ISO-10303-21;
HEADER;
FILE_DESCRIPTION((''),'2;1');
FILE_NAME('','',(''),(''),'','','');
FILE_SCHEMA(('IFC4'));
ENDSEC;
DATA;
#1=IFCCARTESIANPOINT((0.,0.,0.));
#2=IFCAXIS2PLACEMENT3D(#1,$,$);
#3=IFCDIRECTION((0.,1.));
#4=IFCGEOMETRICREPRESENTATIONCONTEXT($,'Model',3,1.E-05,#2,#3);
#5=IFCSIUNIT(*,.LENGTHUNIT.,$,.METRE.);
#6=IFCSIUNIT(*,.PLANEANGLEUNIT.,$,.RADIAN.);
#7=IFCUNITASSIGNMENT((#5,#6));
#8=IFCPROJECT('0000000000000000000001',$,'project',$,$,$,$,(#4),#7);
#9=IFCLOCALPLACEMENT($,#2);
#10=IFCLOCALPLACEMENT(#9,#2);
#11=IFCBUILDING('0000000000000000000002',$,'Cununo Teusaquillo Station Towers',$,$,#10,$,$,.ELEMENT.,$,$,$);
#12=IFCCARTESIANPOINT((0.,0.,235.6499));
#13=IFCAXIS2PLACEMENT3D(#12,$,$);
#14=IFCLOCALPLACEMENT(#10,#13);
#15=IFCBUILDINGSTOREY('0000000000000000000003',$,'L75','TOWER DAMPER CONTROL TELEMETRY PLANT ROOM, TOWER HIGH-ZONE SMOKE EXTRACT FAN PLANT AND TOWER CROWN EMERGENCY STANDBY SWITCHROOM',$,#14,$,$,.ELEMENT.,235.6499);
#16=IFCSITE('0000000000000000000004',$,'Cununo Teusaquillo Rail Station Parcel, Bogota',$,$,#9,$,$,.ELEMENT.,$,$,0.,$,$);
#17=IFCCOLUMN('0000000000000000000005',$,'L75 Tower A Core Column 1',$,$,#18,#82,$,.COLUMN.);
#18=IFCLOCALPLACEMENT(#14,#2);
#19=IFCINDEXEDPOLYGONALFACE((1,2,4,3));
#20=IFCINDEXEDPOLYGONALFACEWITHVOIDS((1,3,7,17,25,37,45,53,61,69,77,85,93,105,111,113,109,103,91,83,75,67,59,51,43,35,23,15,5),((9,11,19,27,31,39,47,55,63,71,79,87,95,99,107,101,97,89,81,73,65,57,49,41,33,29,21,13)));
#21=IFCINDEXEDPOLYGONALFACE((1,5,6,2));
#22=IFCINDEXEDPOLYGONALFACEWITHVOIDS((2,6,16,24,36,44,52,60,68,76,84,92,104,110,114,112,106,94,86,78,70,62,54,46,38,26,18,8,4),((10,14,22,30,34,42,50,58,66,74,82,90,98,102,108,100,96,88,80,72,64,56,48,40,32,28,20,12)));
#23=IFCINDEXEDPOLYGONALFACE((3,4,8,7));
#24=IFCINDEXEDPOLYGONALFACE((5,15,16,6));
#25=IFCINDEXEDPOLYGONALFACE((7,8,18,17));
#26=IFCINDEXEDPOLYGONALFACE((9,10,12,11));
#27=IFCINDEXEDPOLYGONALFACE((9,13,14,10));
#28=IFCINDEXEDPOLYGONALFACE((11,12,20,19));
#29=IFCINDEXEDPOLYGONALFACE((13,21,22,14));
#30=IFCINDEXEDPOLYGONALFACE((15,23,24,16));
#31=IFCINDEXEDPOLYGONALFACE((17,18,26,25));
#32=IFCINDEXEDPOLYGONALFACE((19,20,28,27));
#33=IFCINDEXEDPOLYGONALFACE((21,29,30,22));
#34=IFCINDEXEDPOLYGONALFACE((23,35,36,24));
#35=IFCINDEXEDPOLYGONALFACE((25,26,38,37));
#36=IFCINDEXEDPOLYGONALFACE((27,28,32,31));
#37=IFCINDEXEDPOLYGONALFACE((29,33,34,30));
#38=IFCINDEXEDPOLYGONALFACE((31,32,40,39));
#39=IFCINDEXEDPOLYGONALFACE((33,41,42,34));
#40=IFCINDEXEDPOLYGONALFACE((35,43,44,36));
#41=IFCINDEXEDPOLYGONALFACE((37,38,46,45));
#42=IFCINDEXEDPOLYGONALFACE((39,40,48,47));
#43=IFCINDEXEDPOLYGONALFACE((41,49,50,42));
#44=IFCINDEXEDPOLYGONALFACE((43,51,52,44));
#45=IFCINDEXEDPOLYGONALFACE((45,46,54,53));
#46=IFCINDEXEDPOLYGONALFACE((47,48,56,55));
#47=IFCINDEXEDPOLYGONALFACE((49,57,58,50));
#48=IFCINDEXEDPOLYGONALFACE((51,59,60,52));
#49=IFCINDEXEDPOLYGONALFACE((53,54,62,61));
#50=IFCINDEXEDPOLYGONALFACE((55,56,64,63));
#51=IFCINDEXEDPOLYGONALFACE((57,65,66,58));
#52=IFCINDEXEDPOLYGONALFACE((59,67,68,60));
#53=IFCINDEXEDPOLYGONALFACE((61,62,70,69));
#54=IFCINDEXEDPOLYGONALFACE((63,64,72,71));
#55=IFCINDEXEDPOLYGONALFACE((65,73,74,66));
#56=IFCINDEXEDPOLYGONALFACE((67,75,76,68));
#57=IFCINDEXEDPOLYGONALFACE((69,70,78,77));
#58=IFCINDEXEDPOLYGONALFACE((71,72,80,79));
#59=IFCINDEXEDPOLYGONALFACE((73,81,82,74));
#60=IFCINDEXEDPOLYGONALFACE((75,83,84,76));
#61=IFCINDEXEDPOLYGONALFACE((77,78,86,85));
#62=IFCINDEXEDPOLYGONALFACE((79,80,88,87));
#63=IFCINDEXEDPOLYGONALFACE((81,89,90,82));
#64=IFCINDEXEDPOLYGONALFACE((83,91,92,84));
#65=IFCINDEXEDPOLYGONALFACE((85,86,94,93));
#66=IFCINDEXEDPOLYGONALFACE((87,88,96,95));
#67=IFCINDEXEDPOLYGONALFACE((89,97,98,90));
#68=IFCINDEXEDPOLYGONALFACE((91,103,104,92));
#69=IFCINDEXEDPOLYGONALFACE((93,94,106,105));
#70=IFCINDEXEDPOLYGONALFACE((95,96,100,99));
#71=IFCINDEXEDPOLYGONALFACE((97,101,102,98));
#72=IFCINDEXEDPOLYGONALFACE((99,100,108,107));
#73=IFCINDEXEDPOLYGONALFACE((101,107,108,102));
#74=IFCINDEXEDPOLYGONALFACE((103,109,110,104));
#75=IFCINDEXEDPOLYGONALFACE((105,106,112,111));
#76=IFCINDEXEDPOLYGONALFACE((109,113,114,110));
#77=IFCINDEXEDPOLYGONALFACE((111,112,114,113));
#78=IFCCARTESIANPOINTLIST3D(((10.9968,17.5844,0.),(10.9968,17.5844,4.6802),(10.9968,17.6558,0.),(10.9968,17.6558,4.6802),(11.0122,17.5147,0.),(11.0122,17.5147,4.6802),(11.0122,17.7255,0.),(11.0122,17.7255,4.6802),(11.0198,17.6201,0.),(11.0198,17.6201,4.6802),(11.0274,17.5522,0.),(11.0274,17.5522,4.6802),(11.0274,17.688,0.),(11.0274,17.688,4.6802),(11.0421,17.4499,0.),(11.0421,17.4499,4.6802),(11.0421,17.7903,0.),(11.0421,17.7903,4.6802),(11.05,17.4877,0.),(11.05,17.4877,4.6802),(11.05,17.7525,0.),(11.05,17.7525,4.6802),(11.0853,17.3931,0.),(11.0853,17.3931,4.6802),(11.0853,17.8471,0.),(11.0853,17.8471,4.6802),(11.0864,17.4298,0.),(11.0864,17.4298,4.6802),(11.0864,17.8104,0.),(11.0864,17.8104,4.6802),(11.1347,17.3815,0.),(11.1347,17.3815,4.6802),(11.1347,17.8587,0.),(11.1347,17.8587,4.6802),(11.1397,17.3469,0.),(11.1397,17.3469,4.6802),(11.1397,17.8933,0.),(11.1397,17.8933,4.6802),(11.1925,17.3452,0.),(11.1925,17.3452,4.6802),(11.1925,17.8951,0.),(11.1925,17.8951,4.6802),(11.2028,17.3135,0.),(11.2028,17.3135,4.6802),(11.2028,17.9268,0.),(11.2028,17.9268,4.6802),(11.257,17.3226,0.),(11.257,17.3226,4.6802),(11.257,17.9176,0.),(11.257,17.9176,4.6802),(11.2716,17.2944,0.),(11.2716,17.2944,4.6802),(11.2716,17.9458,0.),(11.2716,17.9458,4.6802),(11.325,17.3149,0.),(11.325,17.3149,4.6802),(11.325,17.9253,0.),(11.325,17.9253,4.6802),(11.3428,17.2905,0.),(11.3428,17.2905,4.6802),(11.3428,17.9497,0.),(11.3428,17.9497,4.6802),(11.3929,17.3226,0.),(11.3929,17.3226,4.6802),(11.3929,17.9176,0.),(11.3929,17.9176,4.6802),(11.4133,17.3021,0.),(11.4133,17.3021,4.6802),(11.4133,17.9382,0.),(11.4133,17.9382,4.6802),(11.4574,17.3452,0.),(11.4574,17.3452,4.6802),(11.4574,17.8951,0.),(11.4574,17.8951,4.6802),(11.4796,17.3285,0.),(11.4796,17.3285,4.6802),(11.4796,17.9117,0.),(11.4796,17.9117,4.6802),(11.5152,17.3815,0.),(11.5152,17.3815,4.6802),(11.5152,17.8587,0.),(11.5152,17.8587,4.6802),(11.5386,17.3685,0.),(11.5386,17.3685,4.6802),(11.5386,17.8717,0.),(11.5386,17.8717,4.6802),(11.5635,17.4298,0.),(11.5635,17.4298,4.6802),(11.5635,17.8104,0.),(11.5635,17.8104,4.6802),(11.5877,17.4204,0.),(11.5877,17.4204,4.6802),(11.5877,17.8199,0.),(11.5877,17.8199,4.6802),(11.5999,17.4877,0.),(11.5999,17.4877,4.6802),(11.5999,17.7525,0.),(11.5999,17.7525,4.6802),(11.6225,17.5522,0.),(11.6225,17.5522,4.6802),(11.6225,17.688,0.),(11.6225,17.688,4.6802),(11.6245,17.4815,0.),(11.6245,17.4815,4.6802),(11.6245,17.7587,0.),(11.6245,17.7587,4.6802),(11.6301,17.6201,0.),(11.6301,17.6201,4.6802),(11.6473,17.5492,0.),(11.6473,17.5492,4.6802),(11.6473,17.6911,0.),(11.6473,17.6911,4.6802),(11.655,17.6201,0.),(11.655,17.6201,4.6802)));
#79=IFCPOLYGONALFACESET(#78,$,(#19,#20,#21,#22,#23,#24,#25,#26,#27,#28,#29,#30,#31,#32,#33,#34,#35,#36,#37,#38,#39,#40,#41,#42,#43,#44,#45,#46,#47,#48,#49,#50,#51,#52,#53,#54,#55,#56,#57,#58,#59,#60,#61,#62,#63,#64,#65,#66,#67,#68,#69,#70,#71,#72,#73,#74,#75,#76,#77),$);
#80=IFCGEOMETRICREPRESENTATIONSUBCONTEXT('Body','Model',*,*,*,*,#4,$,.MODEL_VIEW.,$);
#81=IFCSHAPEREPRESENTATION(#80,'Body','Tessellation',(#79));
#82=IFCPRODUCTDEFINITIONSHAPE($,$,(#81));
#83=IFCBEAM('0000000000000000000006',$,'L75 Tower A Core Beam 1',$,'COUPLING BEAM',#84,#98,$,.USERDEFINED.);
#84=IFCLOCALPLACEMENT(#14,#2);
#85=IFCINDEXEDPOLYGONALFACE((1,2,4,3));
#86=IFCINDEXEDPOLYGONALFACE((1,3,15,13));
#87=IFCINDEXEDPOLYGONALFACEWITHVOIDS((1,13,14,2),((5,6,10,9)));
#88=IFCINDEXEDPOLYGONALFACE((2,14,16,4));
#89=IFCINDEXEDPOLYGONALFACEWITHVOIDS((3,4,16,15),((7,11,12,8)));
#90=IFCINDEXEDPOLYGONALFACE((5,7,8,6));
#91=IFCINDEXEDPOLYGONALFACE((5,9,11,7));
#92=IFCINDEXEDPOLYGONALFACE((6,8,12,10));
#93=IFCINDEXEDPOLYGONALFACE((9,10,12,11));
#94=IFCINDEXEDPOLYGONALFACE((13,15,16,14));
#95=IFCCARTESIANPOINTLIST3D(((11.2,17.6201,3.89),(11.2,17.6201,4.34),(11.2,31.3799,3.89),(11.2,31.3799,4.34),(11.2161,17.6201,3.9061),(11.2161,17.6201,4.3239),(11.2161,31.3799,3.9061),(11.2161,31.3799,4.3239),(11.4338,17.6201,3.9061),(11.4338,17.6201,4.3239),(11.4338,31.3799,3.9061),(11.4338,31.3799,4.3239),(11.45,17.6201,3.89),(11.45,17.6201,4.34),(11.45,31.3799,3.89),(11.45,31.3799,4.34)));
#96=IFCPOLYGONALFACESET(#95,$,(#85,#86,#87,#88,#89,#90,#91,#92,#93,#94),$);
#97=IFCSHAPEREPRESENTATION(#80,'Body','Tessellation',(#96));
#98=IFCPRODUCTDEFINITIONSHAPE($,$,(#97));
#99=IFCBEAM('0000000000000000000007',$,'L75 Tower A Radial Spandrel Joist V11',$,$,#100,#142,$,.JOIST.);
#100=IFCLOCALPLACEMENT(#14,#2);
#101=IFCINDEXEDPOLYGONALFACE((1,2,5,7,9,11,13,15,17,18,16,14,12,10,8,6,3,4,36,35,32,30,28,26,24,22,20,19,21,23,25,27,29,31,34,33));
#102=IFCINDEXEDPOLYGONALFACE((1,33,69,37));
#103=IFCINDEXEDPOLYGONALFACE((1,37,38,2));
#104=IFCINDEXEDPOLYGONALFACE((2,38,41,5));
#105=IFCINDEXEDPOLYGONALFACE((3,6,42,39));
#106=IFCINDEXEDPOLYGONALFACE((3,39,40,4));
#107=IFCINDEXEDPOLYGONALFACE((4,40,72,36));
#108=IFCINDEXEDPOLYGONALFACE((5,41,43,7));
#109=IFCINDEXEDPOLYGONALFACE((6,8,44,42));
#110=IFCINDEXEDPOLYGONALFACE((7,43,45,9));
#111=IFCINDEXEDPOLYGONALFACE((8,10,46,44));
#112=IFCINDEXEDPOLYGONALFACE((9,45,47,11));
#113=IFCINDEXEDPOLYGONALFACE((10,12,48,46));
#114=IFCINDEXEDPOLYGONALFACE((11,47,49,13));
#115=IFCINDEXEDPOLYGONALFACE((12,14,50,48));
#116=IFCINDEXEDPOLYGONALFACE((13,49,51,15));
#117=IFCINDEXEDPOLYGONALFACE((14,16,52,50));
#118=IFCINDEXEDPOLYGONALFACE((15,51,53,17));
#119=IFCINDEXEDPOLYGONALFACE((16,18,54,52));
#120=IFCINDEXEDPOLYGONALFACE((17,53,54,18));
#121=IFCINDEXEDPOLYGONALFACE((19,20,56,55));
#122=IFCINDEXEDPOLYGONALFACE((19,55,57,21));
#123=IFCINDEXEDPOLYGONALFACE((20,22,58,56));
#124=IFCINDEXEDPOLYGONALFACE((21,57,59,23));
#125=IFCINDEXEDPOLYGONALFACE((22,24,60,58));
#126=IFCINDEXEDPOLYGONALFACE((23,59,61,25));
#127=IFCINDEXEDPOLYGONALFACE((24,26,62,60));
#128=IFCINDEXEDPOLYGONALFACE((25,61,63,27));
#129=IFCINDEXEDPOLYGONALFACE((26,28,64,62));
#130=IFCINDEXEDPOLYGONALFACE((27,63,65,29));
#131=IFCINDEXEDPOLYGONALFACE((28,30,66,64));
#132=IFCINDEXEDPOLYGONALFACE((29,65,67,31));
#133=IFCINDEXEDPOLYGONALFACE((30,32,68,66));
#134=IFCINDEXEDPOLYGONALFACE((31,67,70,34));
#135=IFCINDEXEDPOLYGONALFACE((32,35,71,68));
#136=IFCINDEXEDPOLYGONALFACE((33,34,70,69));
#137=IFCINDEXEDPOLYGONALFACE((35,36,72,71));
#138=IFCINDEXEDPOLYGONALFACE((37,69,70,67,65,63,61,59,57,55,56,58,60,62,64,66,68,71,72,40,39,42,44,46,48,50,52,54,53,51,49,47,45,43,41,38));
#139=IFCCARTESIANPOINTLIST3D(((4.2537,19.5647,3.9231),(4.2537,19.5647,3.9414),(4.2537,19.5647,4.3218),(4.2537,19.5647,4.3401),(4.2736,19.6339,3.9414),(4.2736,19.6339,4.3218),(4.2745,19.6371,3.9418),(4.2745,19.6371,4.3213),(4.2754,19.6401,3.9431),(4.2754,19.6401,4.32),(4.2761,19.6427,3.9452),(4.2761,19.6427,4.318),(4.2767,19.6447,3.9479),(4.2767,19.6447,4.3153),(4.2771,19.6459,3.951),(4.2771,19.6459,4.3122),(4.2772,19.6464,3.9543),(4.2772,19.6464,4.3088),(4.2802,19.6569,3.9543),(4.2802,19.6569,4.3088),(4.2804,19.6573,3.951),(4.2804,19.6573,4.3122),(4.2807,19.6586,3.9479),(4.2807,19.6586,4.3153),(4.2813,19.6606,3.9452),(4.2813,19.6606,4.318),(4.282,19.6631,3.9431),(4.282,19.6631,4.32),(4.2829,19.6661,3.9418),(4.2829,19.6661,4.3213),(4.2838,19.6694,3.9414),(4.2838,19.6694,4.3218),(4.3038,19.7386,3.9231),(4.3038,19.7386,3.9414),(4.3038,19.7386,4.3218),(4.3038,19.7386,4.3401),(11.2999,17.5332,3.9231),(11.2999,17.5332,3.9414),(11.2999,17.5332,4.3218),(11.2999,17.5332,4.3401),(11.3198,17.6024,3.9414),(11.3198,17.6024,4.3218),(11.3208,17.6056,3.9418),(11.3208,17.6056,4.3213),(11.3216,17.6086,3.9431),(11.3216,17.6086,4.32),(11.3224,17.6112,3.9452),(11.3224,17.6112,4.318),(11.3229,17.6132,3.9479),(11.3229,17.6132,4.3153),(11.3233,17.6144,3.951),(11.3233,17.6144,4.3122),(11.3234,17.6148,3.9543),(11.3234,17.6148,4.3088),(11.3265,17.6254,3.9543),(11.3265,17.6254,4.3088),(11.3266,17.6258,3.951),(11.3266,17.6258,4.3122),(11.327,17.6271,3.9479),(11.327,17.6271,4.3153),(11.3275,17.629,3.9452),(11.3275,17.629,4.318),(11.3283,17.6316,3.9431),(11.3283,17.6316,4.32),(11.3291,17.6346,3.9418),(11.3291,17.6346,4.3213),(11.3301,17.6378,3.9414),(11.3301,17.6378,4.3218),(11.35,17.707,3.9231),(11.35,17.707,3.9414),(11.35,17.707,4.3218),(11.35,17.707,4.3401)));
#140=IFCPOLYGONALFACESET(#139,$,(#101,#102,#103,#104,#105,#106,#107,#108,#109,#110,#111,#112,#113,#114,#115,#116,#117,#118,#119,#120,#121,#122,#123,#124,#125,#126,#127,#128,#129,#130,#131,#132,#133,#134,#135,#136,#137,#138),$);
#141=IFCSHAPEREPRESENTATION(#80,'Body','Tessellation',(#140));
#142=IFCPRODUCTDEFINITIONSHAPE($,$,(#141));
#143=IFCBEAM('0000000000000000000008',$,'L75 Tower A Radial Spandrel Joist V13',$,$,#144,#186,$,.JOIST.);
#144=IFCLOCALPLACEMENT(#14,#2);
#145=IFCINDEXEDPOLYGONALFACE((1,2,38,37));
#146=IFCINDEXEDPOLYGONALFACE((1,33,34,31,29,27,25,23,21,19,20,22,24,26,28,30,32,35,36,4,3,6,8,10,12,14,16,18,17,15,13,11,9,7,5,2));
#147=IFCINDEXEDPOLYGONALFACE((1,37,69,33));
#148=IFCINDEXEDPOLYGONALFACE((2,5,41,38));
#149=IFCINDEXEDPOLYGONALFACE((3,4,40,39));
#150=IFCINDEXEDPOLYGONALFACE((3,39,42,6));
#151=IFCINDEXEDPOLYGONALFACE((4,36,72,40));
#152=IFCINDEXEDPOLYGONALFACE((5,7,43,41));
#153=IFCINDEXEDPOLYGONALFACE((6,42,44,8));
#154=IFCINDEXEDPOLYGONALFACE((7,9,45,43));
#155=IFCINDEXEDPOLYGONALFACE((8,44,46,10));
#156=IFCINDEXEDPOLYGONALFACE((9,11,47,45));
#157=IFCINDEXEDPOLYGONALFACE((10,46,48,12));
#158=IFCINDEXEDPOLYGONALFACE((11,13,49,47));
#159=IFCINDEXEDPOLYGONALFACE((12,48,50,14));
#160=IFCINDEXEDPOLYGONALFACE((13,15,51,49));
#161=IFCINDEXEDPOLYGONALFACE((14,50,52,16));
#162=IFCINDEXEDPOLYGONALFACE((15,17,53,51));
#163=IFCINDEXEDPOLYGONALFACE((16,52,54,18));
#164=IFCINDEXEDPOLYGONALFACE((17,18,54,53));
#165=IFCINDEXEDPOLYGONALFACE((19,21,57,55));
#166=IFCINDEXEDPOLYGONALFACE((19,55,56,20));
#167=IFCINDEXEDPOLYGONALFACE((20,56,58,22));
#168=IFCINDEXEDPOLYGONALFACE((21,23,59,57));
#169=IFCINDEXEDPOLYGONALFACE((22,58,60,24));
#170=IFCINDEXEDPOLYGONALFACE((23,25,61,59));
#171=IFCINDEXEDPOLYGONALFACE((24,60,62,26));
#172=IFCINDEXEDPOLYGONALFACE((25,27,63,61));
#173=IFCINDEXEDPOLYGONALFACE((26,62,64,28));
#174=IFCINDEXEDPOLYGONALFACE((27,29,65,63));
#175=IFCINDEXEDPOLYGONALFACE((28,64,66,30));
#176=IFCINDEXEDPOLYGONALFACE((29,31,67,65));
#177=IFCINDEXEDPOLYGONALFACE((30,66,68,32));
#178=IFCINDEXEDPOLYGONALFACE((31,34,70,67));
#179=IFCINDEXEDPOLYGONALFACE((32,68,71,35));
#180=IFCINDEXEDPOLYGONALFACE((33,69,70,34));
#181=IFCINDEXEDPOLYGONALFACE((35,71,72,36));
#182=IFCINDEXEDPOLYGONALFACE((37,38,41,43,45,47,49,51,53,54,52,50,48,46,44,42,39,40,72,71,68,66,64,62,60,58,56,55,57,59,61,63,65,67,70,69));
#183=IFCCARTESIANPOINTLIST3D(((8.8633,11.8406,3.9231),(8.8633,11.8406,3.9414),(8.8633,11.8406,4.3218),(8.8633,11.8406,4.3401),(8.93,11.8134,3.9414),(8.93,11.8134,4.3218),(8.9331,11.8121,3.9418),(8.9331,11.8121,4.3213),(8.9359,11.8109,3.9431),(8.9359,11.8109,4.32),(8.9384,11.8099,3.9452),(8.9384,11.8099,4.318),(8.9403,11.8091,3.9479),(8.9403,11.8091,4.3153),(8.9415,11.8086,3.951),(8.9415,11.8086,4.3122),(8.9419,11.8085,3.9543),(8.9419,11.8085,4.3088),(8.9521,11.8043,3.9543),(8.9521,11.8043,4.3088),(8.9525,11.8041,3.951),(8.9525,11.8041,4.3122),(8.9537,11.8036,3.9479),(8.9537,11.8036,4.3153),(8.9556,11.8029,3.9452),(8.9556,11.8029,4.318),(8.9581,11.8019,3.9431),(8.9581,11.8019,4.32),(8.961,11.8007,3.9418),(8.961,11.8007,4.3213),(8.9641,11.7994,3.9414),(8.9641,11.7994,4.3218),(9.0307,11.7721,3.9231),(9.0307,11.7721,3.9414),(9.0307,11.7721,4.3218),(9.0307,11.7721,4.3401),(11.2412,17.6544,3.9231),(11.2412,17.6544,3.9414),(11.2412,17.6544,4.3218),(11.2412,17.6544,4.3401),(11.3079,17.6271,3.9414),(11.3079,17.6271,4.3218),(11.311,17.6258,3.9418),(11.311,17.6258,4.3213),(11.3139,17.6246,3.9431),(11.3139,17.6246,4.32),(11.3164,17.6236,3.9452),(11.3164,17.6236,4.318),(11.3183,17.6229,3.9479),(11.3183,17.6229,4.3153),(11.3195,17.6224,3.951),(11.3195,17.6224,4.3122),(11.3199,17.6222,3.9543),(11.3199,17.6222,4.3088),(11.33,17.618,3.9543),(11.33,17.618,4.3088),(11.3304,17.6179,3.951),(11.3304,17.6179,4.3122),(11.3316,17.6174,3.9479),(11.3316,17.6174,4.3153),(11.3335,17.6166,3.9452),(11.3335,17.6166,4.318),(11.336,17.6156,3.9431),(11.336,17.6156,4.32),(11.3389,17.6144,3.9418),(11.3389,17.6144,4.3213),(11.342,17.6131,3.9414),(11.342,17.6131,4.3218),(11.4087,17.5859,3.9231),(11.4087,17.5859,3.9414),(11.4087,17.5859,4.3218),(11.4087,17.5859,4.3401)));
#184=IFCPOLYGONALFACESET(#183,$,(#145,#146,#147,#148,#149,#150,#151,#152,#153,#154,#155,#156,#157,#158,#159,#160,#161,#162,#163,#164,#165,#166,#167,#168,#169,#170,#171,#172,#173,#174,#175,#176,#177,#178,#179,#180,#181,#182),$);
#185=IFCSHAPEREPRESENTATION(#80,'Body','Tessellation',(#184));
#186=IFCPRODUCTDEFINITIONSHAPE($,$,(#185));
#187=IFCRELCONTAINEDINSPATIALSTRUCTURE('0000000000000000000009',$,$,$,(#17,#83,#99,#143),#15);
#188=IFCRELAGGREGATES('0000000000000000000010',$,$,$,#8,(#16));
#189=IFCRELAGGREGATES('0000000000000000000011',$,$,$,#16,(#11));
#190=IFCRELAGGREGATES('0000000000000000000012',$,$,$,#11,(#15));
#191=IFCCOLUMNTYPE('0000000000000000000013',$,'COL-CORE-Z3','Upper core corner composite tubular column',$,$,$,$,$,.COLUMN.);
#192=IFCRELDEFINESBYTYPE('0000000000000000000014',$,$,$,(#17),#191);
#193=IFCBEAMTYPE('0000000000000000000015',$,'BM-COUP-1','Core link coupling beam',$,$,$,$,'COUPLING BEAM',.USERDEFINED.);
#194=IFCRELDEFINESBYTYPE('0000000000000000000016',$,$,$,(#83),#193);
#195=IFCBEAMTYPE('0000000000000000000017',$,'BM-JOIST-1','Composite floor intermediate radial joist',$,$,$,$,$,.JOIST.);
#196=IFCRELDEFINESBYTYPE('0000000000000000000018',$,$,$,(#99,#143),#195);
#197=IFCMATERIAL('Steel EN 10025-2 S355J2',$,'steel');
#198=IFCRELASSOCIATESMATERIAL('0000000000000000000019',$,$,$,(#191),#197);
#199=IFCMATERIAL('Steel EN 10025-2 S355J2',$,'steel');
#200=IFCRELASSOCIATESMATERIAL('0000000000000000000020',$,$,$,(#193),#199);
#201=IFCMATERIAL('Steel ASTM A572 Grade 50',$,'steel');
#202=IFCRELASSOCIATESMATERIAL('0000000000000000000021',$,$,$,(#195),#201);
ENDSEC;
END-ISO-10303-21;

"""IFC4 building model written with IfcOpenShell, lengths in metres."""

from ifc_helpers import new_model, si_unit, direction, frame, origin, origin_2d, place, context, subcontext, project, spatial, hollow_rectangle, hollow_circle, i_section, extrude, material, material_profile, profile_set, type_object, element, save


model = new_model("IFC4")

# Units and contexts
model_context = context("Model", 3, precision=1e-05, world=origin(), true_north=direction((0.0, 1.0)))
body_context = subcontext(model_context, "Body", "Model", "MODEL_VIEW")
ifc_project = project(units=[si_unit("LENGTHUNIT", "METRE"), si_unit("PLANEANGLEUNIT", "RADIAN")], contexts=[model_context])

# Site, building, storey
site_placement = place(None, origin())
site = spatial("IfcSite", under=ifc_project, at=site_placement, Name="Cununo Teusaquillo Rail Station Parcel, Bogota", CompositionType="ELEMENT", RefElevation=0.0)
building_placement = place(site_placement, origin())
building = spatial("IfcBuilding", under=site, at=building_placement, Name="Cununo Teusaquillo Station Towers", CompositionType="ELEMENT")
storey_placement = place(building_placement, frame((0.0, 0.0, 235.6499)))
storey = spatial("IfcBuildingStorey", under=building, at=storey_placement, Name="L75", Description="TOWER DAMPER CONTROL TELEMETRY PLANT ROOM, TOWER HIGH-ZONE SMOKE EXTRACT FAN PLANT AND TOWER CROWN EMERGENCY STANDBY SWITCHROOM", CompositionType="ELEMENT", Elevation=235.6499)

# Column
ifc_material_1 = material(Name="Steel EN 10025-2 S355J2", Category="steel")
ifc_material_profile_1 = material_profile(ifc_material_1, hollow_circle(Radius=0.3301, WallThickness=0.0249, at=origin_2d()), Name="CHS 660x25")
ifc_profile_set_1 = profile_set([ifc_material_profile_1], Name="Steel EN 10025-2 S355J2")
column_type = type_object("IfcColumnType", Name="COL-CORE-Z3", Description="Upper core corner composite tubular column", PredefinedType="COLUMN", material=ifc_profile_set_1)
column_placement = place(storey_placement, frame((11.325, 17.6201, 0.0), z_axis=(0.0, 0.0, 1.0), x_axis=(1.0, 0.0, 0.0)))
element("IfcColumn", 1, at=column_placement, inside=storey, type_object=column_type, Name="L75 Tower A Core Column 1", PredefinedType="COLUMN", context=body_context, shape_type="SweptSolid", body=[
    extrude(hollow_circle(Radius=0.3301, WallThickness=0.0249, at=origin_2d()), origin(), (0.0, 0.0, 1.0), 4.6802),
])

# Beams
ifc_material_2 = material(Name="Steel EN 10025-2 S355J2", Category="steel")
ifc_material_profile_2 = material_profile(ifc_material_2, hollow_rectangle(XDim=0.25, YDim=0.45, WallThickness=0.0161, at=origin_2d()), Name="RHS 450x250x16")
ifc_profile_set_2 = profile_set([ifc_material_profile_2], Name="Steel EN 10025-2 S355J2")
beam_type_1 = type_object("IfcBeamType", Name="BM-COUP-1", Description="Core link coupling beam", ElementType="COUPLING BEAM", PredefinedType="USERDEFINED", material=ifc_profile_set_2)
beam_1_placement = place(storey_placement, frame((11.325, 17.6201, 4.115), z_axis=(0.0, 1.0, 0.0), x_axis=(-1.0, 0.0, 0.0)))
element("IfcBeam", 2, at=beam_1_placement, inside=storey, type_object=beam_type_1, Name="L75 Tower A Core Beam 1", ObjectType="COUPLING BEAM", PredefinedType="USERDEFINED", context=body_context, shape_type="SweptSolid", body=[
    extrude(hollow_rectangle(XDim=0.25, YDim=0.45, WallThickness=0.0161, at=origin_2d()), origin(), (0.0, 0.0, 1.0), 13.7598),
])
ifc_material_3 = material(Name="Steel ASTM A572 Grade 50", Category="steel")
ifc_material_profile_3 = material_profile(ifc_material_3, i_section(OverallWidth=0.1809, OverallDepth=0.417, WebThickness=0.011, FlangeThickness=0.0183, FilletRadius=0.0129, at=origin_2d()), Name="W16X57")
ifc_profile_set_3 = profile_set([ifc_material_profile_3], Name="Steel ASTM A572 Grade 50")
beam_type_2 = type_object("IfcBeamType", Name="BM-JOIST-1", Description="Composite floor intermediate radial joist", PredefinedType="JOIST", material=ifc_profile_set_3)
beam_2_placement = place(storey_placement, frame((11.325, 17.6201, 4.1316), z_axis=(-0.960862, 0.277029, 0.0), x_axis=(-0.277029, -0.960862, 0.0)))
element("IfcBeam", 3, at=beam_2_placement, inside=storey, type_object=beam_type_2, Name="L75 Tower A Radial Spandrel Joist V11", PredefinedType="JOIST", context=body_context, shape_type="SweptSolid", body=[
    extrude(i_section(OverallWidth=0.1809, OverallDepth=0.417, WebThickness=0.011, FlangeThickness=0.0183, FilletRadius=0.0129, at=origin_2d()), origin(), (0.0, 0.0, 1.0), 7.3333),
])
beam_3_placement = place(storey_placement, frame((11.325, 17.6201, 4.1316), z_axis=(-0.378577, -0.92557, 0.0), x_axis=(0.92557, -0.378577, 0.0)))
element("IfcBeam", 4, at=beam_3_placement, inside=storey, type_object=beam_type_2, Name="L75 Tower A Radial Spandrel Joist V13", PredefinedType="JOIST", context=body_context, shape_type="SweptSolid", body=[
    extrude(i_section(OverallWidth=0.1809, OverallDepth=0.417, WebThickness=0.011, FlangeThickness=0.0183, FilletRadius=0.0129, at=origin_2d()), origin(), (0.0, 0.0, 1.0), 6.2812),
])

save(model, "model.ifc")
